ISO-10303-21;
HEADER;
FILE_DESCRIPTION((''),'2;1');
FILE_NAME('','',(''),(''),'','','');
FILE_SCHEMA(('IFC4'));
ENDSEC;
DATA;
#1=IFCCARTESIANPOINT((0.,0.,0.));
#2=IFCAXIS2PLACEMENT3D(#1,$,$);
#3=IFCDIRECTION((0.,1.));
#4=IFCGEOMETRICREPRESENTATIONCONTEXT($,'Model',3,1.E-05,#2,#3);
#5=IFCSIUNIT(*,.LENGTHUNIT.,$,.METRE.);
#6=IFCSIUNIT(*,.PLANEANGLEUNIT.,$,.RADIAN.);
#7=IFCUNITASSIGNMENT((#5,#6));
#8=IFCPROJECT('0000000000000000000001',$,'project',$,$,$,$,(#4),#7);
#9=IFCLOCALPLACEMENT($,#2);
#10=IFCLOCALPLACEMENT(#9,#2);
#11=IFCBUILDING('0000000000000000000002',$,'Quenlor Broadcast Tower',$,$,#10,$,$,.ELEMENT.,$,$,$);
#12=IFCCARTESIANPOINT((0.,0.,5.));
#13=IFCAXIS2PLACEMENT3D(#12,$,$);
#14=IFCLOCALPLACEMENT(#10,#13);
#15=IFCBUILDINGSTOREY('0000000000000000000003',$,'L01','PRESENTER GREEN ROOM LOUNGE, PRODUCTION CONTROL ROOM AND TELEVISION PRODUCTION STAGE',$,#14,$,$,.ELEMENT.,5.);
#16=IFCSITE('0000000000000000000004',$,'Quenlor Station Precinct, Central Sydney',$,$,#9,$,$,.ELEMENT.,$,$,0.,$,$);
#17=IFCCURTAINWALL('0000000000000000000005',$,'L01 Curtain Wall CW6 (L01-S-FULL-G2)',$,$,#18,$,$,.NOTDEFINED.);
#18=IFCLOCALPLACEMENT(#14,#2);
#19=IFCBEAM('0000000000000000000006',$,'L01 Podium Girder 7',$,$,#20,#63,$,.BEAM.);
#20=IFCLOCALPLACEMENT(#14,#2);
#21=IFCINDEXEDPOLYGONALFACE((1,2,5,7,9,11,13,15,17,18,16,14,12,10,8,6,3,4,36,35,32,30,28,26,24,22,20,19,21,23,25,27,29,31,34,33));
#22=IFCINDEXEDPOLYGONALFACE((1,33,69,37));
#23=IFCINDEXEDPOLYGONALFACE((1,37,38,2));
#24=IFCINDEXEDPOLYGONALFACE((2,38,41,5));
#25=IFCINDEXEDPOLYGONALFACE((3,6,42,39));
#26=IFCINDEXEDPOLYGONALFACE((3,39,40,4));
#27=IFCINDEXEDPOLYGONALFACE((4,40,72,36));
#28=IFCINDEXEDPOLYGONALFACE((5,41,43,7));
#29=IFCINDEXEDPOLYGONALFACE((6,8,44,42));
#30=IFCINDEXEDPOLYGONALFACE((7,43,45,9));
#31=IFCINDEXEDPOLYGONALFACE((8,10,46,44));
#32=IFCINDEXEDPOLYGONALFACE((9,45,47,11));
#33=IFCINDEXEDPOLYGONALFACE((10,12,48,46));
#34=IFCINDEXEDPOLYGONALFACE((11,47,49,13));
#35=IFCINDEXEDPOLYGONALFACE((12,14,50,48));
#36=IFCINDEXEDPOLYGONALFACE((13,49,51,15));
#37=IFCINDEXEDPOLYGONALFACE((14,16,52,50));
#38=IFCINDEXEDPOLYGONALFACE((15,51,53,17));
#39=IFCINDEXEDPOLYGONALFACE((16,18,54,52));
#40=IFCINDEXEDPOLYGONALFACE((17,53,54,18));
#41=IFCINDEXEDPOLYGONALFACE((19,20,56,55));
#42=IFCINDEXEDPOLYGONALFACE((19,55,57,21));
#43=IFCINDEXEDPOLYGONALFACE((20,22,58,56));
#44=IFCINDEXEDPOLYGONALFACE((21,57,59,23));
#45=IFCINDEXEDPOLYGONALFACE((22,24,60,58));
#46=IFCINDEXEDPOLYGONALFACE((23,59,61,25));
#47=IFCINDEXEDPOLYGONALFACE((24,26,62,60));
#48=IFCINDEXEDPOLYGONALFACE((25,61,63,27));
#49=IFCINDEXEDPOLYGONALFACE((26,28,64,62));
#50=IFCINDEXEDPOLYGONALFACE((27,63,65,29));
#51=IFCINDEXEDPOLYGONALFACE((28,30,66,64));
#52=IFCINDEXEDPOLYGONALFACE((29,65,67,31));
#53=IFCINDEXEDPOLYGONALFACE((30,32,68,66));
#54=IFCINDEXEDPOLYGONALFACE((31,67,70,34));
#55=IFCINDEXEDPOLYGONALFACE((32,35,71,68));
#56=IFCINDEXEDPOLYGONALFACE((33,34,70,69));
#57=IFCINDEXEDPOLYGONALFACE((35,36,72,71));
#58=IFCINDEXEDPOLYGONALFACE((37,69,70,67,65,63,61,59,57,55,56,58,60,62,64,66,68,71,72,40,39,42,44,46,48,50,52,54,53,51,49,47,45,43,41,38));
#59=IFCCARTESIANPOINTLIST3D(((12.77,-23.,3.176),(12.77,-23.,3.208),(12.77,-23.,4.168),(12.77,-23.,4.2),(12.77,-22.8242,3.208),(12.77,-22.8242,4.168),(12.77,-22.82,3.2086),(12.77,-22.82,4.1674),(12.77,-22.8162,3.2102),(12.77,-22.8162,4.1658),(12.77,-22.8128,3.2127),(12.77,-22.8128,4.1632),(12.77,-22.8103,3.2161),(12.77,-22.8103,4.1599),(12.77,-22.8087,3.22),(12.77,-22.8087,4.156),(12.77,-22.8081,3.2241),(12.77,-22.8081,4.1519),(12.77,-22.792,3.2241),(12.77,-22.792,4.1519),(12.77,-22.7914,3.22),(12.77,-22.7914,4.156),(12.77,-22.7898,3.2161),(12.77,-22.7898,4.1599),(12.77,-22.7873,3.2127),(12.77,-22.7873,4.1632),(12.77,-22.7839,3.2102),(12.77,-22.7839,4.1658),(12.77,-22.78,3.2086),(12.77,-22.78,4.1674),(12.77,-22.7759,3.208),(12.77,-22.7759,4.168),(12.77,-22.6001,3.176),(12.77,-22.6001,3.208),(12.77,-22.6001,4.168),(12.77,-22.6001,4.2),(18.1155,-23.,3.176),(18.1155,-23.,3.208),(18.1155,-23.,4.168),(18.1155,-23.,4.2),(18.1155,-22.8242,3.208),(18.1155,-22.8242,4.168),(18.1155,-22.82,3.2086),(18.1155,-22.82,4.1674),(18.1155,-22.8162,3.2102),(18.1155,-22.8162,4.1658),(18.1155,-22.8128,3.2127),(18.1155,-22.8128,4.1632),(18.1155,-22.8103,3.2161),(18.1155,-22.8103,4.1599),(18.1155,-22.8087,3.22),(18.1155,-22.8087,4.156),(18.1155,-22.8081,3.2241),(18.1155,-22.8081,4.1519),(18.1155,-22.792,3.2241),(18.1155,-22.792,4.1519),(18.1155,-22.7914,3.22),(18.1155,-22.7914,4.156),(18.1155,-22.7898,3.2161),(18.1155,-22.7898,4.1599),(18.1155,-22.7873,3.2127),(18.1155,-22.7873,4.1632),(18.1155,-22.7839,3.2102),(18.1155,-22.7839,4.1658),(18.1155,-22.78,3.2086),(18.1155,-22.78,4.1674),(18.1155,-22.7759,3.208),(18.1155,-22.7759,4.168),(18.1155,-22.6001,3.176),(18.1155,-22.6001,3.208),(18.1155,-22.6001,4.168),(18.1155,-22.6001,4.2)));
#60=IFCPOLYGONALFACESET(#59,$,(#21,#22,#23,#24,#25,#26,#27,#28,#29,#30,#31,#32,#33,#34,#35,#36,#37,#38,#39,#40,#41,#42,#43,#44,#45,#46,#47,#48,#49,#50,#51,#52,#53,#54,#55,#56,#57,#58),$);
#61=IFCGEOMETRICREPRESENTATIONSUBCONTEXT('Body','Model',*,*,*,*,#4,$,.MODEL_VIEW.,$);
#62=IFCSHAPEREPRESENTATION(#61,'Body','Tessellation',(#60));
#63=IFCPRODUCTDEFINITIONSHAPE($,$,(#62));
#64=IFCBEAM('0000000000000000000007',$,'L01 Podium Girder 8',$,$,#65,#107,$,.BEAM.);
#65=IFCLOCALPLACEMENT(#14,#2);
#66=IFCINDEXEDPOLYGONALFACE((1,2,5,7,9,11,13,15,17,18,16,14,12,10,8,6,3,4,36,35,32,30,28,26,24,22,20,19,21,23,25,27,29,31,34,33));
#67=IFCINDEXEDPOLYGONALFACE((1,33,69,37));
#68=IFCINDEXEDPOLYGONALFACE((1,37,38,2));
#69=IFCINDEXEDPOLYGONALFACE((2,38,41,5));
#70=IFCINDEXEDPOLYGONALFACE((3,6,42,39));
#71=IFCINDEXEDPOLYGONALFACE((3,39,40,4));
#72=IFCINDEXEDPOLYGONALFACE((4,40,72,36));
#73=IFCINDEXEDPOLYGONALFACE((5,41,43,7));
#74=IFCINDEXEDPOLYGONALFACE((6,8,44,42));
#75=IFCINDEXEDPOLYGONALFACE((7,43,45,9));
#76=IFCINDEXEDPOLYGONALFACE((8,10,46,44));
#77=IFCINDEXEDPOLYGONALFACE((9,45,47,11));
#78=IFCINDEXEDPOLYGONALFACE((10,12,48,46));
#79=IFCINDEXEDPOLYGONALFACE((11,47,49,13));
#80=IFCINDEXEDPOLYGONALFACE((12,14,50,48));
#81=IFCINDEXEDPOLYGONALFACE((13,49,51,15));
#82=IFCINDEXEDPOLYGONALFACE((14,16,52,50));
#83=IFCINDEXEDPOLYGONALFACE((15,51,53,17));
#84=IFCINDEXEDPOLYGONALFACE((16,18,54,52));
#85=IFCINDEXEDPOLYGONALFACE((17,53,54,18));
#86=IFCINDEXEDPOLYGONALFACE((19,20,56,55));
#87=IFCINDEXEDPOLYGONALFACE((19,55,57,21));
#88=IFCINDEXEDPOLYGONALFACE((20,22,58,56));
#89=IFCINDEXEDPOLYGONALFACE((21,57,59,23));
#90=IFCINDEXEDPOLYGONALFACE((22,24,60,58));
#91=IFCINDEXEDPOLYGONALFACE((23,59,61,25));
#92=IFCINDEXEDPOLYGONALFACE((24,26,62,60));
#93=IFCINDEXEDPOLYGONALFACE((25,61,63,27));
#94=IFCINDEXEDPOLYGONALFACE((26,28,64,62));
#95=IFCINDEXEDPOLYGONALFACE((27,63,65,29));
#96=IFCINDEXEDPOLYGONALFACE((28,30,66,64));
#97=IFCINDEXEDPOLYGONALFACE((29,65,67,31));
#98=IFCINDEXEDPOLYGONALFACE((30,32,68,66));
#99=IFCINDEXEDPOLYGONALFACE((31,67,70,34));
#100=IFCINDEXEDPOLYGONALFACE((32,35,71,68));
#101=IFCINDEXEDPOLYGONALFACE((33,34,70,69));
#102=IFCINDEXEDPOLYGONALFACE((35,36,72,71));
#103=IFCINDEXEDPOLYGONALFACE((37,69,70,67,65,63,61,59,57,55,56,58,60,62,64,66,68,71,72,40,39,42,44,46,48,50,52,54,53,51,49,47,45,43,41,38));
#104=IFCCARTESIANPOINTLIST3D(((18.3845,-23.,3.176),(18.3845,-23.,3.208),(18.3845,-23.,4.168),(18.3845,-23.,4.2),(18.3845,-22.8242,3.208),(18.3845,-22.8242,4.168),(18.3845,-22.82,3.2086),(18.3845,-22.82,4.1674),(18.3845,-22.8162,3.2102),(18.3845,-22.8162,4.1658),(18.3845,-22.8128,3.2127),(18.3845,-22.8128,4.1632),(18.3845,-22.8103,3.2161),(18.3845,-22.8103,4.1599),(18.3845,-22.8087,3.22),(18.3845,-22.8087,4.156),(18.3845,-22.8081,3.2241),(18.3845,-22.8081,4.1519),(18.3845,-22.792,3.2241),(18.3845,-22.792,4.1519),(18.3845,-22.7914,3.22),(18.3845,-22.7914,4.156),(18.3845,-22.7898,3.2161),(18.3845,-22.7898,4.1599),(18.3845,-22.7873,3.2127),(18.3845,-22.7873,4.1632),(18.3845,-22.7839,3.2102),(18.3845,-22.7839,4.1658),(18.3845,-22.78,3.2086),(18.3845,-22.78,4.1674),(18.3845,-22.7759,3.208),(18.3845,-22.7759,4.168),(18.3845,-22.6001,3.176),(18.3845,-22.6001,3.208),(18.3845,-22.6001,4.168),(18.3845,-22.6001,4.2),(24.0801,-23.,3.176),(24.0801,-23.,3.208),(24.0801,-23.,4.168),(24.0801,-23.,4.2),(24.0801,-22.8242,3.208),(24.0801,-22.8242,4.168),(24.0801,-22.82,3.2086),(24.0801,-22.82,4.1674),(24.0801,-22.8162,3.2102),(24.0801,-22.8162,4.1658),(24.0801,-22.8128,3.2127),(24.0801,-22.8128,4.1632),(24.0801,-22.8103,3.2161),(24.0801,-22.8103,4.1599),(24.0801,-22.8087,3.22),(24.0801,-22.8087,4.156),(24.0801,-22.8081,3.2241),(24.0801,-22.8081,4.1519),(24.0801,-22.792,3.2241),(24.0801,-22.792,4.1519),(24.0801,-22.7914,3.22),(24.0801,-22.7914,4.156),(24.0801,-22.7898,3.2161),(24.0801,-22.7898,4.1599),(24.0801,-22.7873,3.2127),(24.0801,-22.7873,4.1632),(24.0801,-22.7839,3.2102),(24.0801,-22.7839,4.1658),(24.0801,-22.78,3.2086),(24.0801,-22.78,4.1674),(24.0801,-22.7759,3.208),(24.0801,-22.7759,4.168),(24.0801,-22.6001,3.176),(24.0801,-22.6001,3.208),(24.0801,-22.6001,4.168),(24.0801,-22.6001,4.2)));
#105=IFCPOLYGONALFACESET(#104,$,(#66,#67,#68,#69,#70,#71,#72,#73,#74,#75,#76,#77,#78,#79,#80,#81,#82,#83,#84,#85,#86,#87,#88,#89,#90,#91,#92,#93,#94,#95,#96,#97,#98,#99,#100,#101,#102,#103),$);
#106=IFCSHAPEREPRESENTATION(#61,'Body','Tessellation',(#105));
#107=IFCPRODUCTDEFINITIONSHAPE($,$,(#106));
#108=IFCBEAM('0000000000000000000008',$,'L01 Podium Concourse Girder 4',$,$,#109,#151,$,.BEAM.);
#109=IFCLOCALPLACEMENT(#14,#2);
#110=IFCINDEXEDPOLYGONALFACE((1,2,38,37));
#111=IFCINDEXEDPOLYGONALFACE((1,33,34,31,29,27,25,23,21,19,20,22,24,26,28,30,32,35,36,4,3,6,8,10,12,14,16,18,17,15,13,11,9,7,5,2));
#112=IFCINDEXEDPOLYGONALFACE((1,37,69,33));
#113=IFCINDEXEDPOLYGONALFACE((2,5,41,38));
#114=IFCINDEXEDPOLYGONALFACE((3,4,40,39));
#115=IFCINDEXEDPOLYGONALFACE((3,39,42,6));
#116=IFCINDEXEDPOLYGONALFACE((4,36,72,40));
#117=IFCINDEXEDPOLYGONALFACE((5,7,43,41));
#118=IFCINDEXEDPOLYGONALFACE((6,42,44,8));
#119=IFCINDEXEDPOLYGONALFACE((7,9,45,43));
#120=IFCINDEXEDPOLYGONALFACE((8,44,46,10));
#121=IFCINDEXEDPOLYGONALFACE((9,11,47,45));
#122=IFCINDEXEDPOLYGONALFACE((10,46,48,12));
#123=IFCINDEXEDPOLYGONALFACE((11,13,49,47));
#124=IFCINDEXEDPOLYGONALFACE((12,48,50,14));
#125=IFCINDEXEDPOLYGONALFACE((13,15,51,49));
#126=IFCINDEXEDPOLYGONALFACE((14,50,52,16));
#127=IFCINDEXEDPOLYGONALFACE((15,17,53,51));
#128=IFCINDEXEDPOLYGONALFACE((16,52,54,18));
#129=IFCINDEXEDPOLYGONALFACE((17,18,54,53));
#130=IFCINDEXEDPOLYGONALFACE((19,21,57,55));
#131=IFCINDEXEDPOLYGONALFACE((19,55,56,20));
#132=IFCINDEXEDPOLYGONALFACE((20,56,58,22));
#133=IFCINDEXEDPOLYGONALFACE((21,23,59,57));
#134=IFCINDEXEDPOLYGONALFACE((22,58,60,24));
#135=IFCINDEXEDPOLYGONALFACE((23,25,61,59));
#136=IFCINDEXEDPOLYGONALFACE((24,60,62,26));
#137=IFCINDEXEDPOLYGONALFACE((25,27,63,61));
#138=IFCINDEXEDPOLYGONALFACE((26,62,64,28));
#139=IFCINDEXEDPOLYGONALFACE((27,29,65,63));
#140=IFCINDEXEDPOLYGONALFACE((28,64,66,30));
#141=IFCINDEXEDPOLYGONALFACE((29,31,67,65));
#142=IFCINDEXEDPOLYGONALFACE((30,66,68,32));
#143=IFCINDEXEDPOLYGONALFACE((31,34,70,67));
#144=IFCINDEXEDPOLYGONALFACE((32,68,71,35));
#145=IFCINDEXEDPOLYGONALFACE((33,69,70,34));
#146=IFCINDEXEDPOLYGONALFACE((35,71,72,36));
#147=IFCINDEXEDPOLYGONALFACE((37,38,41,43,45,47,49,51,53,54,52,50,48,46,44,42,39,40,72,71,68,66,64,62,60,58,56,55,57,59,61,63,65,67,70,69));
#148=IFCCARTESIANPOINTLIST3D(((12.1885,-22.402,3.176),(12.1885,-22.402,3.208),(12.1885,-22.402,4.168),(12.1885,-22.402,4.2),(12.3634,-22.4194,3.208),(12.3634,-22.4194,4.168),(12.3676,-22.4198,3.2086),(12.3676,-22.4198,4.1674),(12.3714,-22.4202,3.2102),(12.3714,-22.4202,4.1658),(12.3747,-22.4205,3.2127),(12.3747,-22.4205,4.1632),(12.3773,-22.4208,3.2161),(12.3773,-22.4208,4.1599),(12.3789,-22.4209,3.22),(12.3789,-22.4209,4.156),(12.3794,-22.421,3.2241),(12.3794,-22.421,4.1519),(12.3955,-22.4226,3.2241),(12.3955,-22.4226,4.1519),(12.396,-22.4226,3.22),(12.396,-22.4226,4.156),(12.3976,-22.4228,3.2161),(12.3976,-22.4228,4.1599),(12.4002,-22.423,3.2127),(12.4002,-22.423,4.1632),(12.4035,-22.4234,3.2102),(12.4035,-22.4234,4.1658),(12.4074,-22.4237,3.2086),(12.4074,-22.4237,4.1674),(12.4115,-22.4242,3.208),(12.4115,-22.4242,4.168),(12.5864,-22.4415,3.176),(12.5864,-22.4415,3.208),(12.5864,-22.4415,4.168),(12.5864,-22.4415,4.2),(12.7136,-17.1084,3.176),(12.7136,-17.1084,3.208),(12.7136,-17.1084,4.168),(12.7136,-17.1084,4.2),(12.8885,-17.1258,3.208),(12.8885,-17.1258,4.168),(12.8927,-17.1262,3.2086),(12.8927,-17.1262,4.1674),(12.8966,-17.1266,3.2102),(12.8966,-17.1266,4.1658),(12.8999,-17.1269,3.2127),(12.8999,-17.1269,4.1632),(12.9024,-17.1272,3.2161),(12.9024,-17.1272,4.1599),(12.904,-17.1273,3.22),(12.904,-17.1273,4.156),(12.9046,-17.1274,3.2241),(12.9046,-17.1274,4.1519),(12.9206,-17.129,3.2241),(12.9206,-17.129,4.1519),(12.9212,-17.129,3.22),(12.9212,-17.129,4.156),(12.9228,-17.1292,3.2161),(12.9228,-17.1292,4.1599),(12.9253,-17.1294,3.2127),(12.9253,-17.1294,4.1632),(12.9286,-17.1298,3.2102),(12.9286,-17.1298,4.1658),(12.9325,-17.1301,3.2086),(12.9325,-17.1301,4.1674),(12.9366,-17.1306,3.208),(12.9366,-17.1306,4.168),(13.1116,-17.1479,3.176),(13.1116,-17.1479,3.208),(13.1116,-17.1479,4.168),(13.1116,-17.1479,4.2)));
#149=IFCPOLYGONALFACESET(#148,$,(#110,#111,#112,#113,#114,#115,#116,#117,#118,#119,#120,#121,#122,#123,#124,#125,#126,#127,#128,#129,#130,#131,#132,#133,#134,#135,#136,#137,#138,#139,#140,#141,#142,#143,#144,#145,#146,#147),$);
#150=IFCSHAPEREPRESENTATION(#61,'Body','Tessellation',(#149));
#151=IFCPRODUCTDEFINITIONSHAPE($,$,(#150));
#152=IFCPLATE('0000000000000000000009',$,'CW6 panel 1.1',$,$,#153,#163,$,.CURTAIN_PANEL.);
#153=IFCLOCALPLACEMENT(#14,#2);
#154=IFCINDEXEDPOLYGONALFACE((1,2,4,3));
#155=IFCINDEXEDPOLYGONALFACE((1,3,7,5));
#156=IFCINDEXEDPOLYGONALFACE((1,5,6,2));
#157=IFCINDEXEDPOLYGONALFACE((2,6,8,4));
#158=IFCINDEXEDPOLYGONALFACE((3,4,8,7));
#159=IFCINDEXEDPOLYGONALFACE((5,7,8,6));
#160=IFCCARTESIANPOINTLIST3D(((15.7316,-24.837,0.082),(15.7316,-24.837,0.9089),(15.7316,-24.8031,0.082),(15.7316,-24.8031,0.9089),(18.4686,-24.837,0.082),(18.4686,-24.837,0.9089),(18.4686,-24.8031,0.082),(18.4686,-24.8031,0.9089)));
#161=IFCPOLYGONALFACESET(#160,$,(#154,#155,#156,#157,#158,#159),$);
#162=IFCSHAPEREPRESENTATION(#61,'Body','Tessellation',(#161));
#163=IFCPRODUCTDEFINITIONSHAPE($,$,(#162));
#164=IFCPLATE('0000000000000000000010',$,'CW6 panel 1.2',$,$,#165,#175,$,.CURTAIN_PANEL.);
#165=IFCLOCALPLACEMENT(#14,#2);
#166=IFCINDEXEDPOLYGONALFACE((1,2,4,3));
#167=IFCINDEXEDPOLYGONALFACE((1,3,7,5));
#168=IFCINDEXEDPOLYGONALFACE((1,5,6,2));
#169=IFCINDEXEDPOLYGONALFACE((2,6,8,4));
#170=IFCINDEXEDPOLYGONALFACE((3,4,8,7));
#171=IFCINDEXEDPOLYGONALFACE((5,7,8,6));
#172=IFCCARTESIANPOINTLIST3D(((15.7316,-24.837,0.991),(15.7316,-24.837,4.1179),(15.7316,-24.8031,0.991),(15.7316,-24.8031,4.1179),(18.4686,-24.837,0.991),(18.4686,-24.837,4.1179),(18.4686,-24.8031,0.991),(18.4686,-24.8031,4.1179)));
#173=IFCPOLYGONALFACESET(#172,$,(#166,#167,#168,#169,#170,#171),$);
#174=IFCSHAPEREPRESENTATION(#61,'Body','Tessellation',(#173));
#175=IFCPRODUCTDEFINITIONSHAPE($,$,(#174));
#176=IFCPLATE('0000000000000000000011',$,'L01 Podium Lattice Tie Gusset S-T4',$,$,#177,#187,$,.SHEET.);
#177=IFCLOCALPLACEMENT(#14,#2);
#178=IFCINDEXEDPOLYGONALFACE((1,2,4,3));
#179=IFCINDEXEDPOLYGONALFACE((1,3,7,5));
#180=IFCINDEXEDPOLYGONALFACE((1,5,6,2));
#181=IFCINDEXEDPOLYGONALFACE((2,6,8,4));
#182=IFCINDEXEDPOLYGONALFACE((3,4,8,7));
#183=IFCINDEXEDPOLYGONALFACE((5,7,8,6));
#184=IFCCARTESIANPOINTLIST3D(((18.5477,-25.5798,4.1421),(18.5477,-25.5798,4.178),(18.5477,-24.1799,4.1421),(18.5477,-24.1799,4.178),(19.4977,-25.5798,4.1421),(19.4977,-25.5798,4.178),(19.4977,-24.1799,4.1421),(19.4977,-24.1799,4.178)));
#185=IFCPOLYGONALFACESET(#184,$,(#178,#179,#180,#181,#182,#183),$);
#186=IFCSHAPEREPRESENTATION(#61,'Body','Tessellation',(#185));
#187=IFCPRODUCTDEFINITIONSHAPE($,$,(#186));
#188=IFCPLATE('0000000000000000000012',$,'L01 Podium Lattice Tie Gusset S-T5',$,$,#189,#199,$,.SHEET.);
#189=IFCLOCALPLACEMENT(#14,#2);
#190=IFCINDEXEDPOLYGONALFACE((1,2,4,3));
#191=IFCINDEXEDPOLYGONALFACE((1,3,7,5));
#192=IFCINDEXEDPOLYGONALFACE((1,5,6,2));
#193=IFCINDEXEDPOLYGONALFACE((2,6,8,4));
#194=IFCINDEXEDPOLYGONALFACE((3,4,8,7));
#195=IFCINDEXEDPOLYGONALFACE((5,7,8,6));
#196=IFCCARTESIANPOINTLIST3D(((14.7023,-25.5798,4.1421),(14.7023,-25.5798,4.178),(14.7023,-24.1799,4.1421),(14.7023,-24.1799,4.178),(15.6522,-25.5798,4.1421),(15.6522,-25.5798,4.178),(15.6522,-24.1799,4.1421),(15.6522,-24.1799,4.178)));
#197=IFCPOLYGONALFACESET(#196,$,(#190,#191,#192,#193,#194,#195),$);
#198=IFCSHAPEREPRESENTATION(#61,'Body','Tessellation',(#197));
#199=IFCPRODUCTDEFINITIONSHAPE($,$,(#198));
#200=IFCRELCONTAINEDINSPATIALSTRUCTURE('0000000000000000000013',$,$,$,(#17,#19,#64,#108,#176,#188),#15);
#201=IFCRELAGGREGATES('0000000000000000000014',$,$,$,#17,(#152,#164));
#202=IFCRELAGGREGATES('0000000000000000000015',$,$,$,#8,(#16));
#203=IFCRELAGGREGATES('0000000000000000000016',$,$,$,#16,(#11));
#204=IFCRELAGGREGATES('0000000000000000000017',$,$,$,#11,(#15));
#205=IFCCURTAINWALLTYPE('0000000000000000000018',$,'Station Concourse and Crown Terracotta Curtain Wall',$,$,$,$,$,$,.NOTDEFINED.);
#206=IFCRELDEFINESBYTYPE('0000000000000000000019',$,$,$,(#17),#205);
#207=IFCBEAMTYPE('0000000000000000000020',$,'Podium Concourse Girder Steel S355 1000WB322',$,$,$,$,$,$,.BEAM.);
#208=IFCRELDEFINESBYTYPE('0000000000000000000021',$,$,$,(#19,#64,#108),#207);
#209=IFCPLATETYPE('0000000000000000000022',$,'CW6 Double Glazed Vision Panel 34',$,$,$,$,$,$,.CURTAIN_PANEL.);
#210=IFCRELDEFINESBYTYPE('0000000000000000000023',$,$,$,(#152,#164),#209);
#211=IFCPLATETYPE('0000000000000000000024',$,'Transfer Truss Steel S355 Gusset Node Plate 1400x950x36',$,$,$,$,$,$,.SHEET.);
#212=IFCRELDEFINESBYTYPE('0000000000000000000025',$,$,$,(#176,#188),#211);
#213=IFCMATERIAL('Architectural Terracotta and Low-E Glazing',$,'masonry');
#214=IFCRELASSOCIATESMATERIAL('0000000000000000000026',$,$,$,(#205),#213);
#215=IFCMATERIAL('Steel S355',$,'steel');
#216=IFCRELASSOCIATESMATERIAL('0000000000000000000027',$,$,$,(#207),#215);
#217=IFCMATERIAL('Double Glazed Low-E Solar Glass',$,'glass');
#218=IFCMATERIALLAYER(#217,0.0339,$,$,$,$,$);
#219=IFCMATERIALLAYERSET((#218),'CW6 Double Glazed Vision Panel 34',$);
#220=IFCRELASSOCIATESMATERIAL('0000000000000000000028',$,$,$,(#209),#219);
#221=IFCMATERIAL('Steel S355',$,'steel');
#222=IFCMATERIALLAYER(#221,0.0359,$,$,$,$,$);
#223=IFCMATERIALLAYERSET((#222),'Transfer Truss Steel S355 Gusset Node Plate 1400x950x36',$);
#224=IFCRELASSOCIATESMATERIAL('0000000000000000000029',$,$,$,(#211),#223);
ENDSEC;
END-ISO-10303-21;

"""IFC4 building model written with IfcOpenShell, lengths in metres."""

from ifc_helpers import new_model, si_unit, direction, frame, origin, origin_2d, place, context, subcontext, project, spatial, rectangle, i_section, extrude, material, layer, layer_set, material_profile, profile_set, type_object, element, aggregate, save


model = new_model("IFC4")

# Units and contexts
model_context = context("Model", 3, precision=1e-05, world=origin(), true_north=direction((0.0, 1.0)))
body_context = subcontext(model_context, "Body", "Model", "MODEL_VIEW")
ifc_project = project(units=[si_unit("LENGTHUNIT", "METRE"), si_unit("PLANEANGLEUNIT", "RADIAN")], contexts=[model_context])

# Site, building, storey
site_placement = place(None, origin())
site = spatial("IfcSite", under=ifc_project, at=site_placement, Name="Quenlor Station Precinct, Central Sydney", CompositionType="ELEMENT", RefElevation=0.0)
building_placement = place(site_placement, origin())
building = spatial("IfcBuilding", under=site, at=building_placement, Name="Quenlor Broadcast Tower", CompositionType="ELEMENT")
storey_placement = place(building_placement, frame((0.0, 0.0, 5.0)))
storey = spatial("IfcBuildingStorey", under=building, at=storey_placement, Name="L01", Description="PRESENTER GREEN ROOM LOUNGE, PRODUCTION CONTROL ROOM AND TELEVISION PRODUCTION STAGE", CompositionType="ELEMENT", Elevation=5.0)

# Curtain wall
ifc_material_1 = material(Name="Architectural Terracotta and Low-E Glazing", Category="masonry")
curtain_wall_type = type_object("IfcCurtainWallType", Name="Station Concourse and Crown Terracotta Curtain Wall", PredefinedType="NOTDEFINED", material=ifc_material_1)
curtain_wall_placement = place(storey_placement, origin())
curtain_wall = element("IfcCurtainWall", 1, at=curtain_wall_placement, inside=storey, type_object=curtain_wall_type, Name="L01 Curtain Wall CW6 (L01-S-FULL-G2)", PredefinedType="NOTDEFINED")

# Beams
ifc_material_2 = material(Name="Steel S355", Category="steel")
ifc_material_profile_1 = material_profile(ifc_material_2, i_section(OverallWidth=0.3999, OverallDepth=1.0239, WebThickness=0.0161, FlangeThickness=0.032, FilletRadius=0.0161, at=origin_2d()))
ifc_profile_set_1 = profile_set([ifc_material_profile_1], Name="Steel S355 1000WB322")
beam_type = type_object("IfcBeamType", Name="Podium Concourse Girder Steel S355 1000WB322", PredefinedType="BEAM", material=ifc_profile_set_1)
beam_1_placement = place(storey_placement, frame((12.77, -22.8, 3.688), z_axis=(1.0, 0.0, 0.0), x_axis=(0.0, 1.0, 0.0)))
element("IfcBeam", 2, at=beam_1_placement, inside=storey, type_object=beam_type, Name="L01 Podium Girder 7", PredefinedType="BEAM", context=body_context, shape_type="SweptSolid", body=[
    extrude(i_section(OverallWidth=0.3999, OverallDepth=1.0239, WebThickness=0.0161, FlangeThickness=0.032, FilletRadius=0.0161, at=origin_2d()), origin(), (0.0, 0.0, 1.0), 5.3455),
])
beam_2_placement = place(storey_placement, frame((18.3845, -22.8, 3.688), z_axis=(1.0, 0.0, 0.0), x_axis=(0.0, 1.0, 0.0)))
element("IfcBeam", 3, at=beam_2_placement, inside=storey, type_object=beam_type, Name="L01 Podium Girder 8", PredefinedType="BEAM", context=body_context, shape_type="SweptSolid", body=[
    extrude(i_section(OverallWidth=0.3999, OverallDepth=1.0239, WebThickness=0.0161, FlangeThickness=0.032, FilletRadius=0.0161, at=origin_2d()), origin(), (0.0, 0.0, 1.0), 5.6956),
])
beam_3_placement = place(storey_placement, frame((12.9126, -17.1282, 3.688), z_axis=(-0.098718, -0.995115, 0.0), x_axis=(0.995115, -0.098718, 0.0)))
element("IfcBeam", 4, at=beam_3_placement, inside=storey, type_object=beam_type, Name="L01 Podium Concourse Girder 4", PredefinedType="BEAM", context=body_context, shape_type="SweptSolid", body=[
    extrude(i_section(OverallWidth=0.3999, OverallDepth=1.0239, WebThickness=0.0161, FlangeThickness=0.032, FilletRadius=0.0161, at=origin_2d()), origin(), (0.0, 0.0, 1.0), 5.3196),
])

# Plates
ifc_material_3 = material(Name="Double Glazed Low-E Solar Glass", Category="glass")
ifc_layer_1 = layer(ifc_material_3, 0.0339)
ifc_layer_set_1 = layer_set([ifc_layer_1], Name="CW6 Double Glazed Vision Panel 34")
plate_type_1 = type_object("IfcPlateType", Name="CW6 Double Glazed Vision Panel 34", PredefinedType="CURTAIN_PANEL", material=ifc_layer_set_1)
plate_1_placement = place(storey_placement, frame((17.1001, -24.8201, 0.082), z_axis=(0.0, 0.0, 1.0), x_axis=(-1.0, 0.0, 0.0)))
plate_1 = element("IfcPlate", 5, at=plate_1_placement, type_object=plate_type_1, Name="CW6 panel 1.1", PredefinedType="CURTAIN_PANEL", context=body_context, shape_type="SweptSolid", body=[
    extrude(rectangle(XDim=2.7371, YDim=0.0339, at=origin_2d()), origin(), (0.0, 0.0, 1.0), 0.8269),
])
plate_2_placement = place(storey_placement, frame((17.1001, -24.8201, 0.991), z_axis=(0.0, 0.0, 1.0), x_axis=(-1.0, 0.0, 0.0)))
plate_2 = element("IfcPlate", 6, at=plate_2_placement, type_object=plate_type_1, Name="CW6 panel 1.2", PredefinedType="CURTAIN_PANEL", context=body_context, shape_type="SweptSolid", body=[
    extrude(rectangle(XDim=2.7371, YDim=0.0339, at=origin_2d()), origin(), (0.0, 0.0, 1.0), 3.127),
])
aggregate(curtain_wall, [plate_1, plate_2])

# Plates
ifc_material_4 = material(Name="Steel S355", Category="steel")
ifc_layer_2 = layer(ifc_material_4, 0.0359)
ifc_layer_set_2 = layer_set([ifc_layer_2], Name="Transfer Truss Steel S355 Gusset Node Plate 1400x950x36")
plate_type_2 = type_object("IfcPlateType", Name="Transfer Truss Steel S355 Gusset Node Plate 1400x950x36", PredefinedType="SHEET", material=ifc_layer_set_2)
for number, where, z_axis, x_axis, name in (
    (7, (19.0227, -24.8799, 4.1421), (0.0, 0.0, 1.0), (0.0, -1.0, 0.0), "L01 Podium Lattice Tie Gusset S-T4"),
    (8, (15.1772, -24.8799, 4.1421), (0.0, 0.0, 1.0), (0.0, -1.0, 0.0), "L01 Podium Lattice Tie Gusset S-T5"),
):
    element("IfcPlate", number, at=place(storey_placement, frame(where, z_axis=z_axis, x_axis=x_axis)), inside=storey, type_object=plate_type_2, Name=name, PredefinedType="SHEET", context=body_context, shape_type="SweptSolid", body=[
        extrude(rectangle(XDim=1.3999, YDim=0.95, at=origin_2d()), origin(), (0.0, 0.0, 1.0), 0.0359),
    ])

save(model, "model.ifc")
